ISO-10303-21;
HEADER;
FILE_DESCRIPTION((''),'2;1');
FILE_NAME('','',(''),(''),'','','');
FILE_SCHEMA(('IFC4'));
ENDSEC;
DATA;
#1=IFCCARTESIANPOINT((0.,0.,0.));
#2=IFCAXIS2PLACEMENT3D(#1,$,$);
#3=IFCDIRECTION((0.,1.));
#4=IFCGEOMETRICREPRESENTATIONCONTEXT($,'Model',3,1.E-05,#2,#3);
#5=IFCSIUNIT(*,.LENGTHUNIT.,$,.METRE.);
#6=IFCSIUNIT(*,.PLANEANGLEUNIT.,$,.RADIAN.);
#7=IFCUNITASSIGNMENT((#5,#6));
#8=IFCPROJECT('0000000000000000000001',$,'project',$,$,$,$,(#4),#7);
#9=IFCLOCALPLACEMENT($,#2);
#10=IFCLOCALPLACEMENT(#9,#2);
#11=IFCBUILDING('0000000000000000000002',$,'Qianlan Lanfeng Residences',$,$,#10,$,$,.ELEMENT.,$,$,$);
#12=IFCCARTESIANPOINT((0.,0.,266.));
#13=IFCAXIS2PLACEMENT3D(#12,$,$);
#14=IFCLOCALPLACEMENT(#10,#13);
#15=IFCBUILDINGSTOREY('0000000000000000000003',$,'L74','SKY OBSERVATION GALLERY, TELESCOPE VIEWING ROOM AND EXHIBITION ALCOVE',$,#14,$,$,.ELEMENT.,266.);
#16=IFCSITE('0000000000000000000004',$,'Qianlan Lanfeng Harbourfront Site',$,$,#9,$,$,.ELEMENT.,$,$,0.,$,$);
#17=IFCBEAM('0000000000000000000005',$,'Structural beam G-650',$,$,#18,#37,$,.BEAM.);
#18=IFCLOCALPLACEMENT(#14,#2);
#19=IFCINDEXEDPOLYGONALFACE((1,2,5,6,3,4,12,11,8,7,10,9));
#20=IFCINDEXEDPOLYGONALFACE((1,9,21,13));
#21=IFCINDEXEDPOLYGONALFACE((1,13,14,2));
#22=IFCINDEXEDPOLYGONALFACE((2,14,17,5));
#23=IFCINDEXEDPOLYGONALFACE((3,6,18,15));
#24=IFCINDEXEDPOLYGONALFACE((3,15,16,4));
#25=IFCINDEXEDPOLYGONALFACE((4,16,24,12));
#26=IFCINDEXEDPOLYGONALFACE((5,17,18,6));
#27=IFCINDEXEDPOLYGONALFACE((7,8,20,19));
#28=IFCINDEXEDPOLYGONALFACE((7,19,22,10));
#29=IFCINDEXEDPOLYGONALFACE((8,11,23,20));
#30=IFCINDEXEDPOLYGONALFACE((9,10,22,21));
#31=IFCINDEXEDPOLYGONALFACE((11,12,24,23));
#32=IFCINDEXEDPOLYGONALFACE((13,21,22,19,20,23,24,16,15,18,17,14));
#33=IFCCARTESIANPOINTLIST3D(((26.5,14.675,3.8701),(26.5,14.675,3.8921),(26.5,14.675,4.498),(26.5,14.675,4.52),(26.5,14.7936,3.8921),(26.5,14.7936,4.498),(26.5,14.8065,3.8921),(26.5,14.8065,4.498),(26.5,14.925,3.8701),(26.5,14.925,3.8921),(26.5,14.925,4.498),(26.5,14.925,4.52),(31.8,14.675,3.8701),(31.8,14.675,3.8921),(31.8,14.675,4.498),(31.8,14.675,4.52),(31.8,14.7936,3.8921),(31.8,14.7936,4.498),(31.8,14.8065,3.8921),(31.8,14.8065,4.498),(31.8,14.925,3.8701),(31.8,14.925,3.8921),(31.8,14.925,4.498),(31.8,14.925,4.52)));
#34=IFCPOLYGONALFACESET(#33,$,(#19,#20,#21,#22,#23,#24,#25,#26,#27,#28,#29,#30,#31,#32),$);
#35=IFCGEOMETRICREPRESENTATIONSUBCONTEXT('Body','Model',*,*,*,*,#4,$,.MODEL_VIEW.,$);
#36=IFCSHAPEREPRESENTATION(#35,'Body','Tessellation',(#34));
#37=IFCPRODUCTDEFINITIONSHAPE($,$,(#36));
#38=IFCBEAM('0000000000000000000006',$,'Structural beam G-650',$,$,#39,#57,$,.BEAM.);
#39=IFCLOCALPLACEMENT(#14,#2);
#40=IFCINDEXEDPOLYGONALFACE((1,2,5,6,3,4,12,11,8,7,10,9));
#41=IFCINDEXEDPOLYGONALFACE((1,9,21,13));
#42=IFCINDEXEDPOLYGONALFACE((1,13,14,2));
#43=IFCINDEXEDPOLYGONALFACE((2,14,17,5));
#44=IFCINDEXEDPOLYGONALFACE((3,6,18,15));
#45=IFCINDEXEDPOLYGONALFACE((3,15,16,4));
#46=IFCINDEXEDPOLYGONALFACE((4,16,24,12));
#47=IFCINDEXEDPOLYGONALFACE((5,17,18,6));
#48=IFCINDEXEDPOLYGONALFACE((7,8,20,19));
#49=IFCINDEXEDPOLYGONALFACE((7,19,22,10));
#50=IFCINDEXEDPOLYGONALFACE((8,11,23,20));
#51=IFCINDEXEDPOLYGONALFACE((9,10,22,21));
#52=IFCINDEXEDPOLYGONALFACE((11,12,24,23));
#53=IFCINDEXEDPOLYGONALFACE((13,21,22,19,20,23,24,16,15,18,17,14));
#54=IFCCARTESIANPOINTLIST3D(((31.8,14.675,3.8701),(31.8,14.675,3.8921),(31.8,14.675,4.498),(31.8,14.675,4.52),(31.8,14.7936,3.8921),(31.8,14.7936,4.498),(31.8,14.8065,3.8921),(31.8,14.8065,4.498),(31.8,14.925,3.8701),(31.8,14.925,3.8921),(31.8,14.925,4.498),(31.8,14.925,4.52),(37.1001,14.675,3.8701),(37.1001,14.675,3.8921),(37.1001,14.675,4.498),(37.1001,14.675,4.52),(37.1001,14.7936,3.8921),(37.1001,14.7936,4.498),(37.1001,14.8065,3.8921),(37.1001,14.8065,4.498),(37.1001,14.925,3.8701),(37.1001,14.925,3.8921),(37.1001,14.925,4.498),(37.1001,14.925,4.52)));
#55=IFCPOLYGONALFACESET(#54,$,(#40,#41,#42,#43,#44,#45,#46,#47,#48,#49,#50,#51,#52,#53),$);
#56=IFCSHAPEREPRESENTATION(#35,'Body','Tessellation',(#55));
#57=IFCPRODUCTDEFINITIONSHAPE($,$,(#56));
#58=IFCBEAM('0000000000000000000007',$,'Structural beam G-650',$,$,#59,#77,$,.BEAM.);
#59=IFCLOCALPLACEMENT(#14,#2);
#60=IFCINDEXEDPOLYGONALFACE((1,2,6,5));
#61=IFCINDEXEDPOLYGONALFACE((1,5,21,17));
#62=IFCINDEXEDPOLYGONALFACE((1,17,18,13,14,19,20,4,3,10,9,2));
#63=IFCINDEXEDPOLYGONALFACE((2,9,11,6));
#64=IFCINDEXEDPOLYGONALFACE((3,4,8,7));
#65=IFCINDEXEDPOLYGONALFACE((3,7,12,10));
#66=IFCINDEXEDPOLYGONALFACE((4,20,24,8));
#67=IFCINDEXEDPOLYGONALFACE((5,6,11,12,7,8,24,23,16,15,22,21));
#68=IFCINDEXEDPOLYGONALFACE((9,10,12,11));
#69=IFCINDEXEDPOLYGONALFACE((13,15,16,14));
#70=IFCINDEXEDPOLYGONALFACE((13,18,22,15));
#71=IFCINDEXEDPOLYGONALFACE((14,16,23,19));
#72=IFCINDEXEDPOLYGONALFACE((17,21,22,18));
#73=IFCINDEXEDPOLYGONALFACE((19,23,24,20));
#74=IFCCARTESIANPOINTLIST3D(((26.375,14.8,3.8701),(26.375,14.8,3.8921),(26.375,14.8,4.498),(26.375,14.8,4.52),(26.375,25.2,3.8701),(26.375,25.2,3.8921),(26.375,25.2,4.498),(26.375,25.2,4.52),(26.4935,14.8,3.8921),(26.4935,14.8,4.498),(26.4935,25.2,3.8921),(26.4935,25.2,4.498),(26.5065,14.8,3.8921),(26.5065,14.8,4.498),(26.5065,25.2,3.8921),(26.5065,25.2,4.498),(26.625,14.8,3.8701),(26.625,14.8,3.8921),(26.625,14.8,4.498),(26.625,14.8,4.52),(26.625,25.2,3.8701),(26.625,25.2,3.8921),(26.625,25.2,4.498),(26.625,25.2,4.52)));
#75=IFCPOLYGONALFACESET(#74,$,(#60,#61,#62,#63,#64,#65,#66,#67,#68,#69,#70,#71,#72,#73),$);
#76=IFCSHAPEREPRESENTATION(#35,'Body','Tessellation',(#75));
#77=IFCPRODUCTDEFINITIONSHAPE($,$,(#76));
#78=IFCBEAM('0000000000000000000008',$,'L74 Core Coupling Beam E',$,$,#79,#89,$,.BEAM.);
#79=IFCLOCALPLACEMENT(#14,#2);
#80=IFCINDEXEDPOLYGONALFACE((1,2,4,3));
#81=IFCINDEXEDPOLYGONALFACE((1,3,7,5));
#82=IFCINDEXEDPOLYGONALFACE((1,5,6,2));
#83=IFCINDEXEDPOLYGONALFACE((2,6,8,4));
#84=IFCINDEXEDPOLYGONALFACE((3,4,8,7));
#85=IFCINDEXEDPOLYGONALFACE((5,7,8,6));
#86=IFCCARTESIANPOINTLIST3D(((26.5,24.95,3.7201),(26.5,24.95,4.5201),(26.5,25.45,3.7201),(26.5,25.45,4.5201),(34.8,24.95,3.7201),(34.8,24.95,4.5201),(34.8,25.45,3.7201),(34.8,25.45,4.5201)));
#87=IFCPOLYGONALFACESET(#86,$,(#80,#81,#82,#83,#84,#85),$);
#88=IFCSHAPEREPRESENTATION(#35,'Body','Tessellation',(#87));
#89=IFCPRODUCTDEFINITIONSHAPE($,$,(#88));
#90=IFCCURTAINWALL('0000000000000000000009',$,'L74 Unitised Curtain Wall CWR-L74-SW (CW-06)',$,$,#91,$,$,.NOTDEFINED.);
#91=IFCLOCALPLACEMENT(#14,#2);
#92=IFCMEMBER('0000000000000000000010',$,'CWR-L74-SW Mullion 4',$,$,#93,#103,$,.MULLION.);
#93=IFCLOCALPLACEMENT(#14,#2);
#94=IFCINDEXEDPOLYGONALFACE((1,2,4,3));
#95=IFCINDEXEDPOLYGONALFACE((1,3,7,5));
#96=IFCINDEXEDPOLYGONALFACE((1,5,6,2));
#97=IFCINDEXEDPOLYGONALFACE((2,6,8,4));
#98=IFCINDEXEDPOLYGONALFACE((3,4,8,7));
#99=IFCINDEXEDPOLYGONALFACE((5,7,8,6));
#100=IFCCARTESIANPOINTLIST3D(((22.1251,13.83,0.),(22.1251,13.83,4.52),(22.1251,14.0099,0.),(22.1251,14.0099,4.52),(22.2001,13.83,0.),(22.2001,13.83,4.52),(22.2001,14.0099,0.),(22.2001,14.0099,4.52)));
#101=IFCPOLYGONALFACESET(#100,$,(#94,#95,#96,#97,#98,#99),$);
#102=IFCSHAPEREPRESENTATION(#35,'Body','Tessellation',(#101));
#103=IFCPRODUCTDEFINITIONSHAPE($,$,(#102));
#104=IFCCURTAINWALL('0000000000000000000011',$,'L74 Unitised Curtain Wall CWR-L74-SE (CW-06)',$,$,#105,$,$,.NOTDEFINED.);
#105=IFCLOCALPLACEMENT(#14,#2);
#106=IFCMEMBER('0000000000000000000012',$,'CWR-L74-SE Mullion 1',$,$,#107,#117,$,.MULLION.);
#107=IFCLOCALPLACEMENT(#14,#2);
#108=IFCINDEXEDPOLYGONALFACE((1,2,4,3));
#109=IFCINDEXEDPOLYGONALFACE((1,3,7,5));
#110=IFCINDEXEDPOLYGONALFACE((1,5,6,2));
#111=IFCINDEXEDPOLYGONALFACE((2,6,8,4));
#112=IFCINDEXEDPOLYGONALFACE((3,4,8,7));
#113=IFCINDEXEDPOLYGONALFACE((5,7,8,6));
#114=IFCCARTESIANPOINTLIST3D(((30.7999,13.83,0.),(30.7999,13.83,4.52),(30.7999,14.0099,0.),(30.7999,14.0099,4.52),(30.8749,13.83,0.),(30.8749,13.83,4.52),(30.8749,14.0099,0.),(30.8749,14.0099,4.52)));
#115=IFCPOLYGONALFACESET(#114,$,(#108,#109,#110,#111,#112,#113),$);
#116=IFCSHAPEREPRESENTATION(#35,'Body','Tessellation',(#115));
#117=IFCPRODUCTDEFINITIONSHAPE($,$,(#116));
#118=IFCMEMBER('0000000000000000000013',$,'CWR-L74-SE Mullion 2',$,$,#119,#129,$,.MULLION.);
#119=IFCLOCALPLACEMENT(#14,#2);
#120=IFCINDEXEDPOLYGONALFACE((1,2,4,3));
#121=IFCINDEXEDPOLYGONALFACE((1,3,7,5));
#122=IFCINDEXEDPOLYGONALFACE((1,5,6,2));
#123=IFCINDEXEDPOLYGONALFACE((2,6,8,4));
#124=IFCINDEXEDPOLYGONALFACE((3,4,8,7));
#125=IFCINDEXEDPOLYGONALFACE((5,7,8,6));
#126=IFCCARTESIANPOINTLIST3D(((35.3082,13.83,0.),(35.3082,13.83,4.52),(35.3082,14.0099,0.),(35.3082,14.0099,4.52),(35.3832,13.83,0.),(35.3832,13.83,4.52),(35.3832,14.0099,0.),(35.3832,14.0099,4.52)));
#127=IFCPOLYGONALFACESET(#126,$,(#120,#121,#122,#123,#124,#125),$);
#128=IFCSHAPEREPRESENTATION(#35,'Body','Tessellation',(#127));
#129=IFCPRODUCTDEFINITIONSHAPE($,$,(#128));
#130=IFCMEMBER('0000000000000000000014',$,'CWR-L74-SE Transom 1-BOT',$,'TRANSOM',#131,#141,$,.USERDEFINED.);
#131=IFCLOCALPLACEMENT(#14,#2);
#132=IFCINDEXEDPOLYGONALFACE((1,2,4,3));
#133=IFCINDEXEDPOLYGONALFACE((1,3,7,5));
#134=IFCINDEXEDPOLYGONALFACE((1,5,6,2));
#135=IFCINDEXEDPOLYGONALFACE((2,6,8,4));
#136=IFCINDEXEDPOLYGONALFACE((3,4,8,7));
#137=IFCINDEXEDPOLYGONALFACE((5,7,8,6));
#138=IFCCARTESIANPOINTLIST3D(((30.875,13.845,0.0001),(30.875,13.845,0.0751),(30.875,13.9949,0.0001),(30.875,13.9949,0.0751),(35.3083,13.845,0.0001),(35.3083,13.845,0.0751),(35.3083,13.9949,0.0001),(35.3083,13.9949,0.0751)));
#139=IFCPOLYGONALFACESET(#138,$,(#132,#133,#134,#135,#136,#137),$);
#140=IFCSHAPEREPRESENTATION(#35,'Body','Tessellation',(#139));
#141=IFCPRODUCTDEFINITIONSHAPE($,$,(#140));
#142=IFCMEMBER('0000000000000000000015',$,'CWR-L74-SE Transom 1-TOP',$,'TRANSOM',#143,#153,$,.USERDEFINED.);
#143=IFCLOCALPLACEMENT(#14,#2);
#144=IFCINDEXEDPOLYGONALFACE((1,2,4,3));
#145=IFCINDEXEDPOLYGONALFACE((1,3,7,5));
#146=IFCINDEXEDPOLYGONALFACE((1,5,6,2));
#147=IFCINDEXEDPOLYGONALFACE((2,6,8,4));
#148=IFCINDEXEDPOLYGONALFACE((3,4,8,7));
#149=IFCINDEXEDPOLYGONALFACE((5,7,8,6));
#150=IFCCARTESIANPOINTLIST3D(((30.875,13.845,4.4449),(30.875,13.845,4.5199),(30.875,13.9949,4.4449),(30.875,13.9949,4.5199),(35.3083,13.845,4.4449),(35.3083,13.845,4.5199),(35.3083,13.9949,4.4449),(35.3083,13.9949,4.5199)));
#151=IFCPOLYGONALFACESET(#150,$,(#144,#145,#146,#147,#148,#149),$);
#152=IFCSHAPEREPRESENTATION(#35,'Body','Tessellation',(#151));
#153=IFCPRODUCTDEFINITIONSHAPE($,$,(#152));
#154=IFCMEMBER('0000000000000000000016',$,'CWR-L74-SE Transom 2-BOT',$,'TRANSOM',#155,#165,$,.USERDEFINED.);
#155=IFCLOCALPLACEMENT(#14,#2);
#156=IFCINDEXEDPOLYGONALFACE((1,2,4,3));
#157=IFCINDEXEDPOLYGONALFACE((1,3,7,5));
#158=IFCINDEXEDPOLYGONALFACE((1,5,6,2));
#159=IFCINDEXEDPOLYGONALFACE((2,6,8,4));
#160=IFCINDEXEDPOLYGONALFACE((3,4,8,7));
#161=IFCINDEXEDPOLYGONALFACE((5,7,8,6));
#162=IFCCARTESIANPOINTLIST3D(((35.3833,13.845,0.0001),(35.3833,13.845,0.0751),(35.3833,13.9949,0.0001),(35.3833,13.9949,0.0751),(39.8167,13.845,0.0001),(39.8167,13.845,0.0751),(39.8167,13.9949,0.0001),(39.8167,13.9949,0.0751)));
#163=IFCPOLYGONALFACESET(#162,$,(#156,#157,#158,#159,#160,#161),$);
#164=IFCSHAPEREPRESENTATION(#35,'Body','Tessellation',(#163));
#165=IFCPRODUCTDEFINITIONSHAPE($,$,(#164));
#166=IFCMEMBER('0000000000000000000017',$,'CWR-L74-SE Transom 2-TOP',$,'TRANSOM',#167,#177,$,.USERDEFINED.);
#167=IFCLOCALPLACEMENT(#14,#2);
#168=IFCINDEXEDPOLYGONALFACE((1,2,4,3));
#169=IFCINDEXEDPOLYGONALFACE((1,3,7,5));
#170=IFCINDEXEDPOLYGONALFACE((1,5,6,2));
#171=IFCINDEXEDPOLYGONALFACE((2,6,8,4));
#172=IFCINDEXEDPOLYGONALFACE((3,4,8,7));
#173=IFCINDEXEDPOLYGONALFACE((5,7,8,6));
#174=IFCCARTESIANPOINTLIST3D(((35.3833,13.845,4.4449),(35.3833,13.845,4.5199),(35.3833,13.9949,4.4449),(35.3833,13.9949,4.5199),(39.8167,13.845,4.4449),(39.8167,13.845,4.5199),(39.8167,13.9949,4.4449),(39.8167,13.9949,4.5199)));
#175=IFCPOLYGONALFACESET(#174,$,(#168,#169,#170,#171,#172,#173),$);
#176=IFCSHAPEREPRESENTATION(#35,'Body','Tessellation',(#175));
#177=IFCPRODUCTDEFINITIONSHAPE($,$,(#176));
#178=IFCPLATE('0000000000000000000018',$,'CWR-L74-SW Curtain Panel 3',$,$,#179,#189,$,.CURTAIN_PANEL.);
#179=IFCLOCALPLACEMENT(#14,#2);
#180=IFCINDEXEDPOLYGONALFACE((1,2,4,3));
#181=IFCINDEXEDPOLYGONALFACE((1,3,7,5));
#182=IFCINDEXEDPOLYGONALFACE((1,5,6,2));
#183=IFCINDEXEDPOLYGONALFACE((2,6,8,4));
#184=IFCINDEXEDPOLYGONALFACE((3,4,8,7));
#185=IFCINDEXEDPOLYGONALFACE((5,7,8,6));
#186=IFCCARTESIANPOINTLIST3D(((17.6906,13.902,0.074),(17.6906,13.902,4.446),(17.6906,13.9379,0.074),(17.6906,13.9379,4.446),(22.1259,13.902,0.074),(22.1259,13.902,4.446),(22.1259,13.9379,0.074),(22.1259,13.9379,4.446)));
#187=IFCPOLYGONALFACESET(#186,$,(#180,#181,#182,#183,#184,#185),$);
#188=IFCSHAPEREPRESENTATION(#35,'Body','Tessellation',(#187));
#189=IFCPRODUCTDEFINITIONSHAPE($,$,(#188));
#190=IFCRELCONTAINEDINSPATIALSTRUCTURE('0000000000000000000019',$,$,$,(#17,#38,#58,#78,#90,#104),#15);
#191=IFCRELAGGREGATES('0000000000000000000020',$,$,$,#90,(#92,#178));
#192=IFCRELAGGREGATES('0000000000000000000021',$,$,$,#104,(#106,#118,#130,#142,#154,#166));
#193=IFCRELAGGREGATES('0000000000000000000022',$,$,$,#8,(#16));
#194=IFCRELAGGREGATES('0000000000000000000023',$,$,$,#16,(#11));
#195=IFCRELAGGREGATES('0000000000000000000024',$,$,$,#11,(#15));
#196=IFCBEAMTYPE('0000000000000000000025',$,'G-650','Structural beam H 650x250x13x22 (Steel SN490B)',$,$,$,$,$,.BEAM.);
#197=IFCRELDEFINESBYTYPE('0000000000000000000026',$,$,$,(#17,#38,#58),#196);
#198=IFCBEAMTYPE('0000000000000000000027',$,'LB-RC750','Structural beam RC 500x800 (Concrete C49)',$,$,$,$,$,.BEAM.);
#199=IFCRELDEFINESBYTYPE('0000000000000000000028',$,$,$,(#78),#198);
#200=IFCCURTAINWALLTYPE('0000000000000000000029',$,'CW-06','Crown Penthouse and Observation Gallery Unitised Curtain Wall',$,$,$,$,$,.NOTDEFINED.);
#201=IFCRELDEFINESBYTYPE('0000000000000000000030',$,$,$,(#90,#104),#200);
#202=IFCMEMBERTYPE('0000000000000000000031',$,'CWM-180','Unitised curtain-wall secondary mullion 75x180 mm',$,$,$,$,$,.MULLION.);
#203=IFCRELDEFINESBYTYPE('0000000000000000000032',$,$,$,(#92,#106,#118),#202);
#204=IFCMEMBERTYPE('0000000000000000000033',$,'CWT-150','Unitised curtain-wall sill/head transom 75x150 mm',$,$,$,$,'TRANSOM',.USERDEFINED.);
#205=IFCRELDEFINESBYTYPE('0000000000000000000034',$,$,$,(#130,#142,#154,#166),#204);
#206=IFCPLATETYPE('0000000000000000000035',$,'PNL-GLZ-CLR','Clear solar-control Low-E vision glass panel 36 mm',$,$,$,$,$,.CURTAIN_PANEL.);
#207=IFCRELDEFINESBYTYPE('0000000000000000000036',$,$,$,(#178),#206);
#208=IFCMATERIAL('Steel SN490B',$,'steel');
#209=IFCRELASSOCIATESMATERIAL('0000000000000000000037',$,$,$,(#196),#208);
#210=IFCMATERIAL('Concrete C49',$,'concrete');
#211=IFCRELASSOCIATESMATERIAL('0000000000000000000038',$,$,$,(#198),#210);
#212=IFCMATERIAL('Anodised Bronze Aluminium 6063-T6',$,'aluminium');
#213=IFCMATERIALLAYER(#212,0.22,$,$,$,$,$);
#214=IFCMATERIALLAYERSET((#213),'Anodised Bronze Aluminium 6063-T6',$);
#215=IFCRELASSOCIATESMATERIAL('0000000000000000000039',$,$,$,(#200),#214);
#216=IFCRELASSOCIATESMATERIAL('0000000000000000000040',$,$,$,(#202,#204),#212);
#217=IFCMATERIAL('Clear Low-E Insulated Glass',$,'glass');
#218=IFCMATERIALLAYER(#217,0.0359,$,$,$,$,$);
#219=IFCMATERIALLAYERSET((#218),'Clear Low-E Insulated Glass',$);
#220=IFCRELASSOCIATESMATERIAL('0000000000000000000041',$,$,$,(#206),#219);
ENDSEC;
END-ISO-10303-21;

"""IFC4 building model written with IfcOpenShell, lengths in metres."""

from ifc_helpers import new_model, si_unit, direction, frame, origin, origin_2d, place, context, subcontext, project, spatial, rectangle, i_section, extrude, source, transform, mapped, material, layer, layer_set, material_profile, profile_set, type_object, element, aggregate, save


model = new_model("IFC4")

# Units and contexts
model_context = context("Model", 3, precision=1e-05, world=origin(), true_north=direction((0.0, 1.0)))
body_context = subcontext(model_context, "Body", "Model", "MODEL_VIEW")
ifc_project = project(units=[si_unit("LENGTHUNIT", "METRE"), si_unit("PLANEANGLEUNIT", "RADIAN")], contexts=[model_context])

# Site, building, storey
site_placement = place(None, origin())
site = spatial("IfcSite", under=ifc_project, at=site_placement, Name="Qianlan Lanfeng Harbourfront Site", CompositionType="ELEMENT", RefElevation=0.0)
building_placement = place(site_placement, origin())
building = spatial("IfcBuilding", under=site, at=building_placement, Name="Qianlan Lanfeng Residences", CompositionType="ELEMENT")
storey_placement = place(building_placement, frame((0.0, 0.0, 266.0)))
storey = spatial("IfcBuildingStorey", under=building, at=storey_placement, Name="L74", Description="SKY OBSERVATION GALLERY, TELESCOPE VIEWING ROOM AND EXHIBITION ALCOVE", CompositionType="ELEMENT", Elevation=266.0)

# Shared definitions
ifc_material_1 = material(Name="Steel SN490B", Category="steel")

# Beams
ifc_material_profile_1 = material_profile(ifc_material_1, i_section(OverallWidth=0.25, OverallDepth=0.6499, WebThickness=0.0129, FlangeThickness=0.022, at=origin_2d()), Name="H 650x250x13x22")
ifc_profile_set_1 = profile_set([ifc_material_profile_1], Name="Steel SN490B")
beam_type_1 = type_object("IfcBeamType", Name="G-650", Description="Structural beam H 650x250x13x22 (Steel SN490B)", PredefinedType="BEAM", material=ifc_profile_set_1)
for number, where, z_axis, x_axis, name in (
    (1, (26.5, 14.8, 4.1951), (1.0, 0.0, 0.0), (0.0, 1.0, 0.0), "Structural beam G-650"),
    (2, (31.8, 14.8, 4.1951), (1.0, 0.0, 0.0), (0.0, 1.0, 0.0), "Structural beam G-650"),
):
    element("IfcBeam", number, at=place(storey_placement, frame(where, z_axis=z_axis, x_axis=x_axis)), inside=storey, type_object=beam_type_1, Name=name, PredefinedType="BEAM", context=body_context, shape_type="SweptSolid", body=[
        extrude(i_section(OverallWidth=0.25, OverallDepth=0.6499, WebThickness=0.0129, FlangeThickness=0.022, at=origin_2d()), origin(), (0.0, 0.0, 1.0), 5.3),
    ])
beam_1_placement = place(storey_placement, frame((26.5, 14.8, 4.1951), z_axis=(0.0, 1.0, 0.0), x_axis=(-1.0, 0.0, 0.0)))
element("IfcBeam", 3, at=beam_1_placement, inside=storey, type_object=beam_type_1, Name="Structural beam G-650", PredefinedType="BEAM", context=body_context, shape_type="SweptSolid", body=[
    extrude(i_section(OverallWidth=0.25, OverallDepth=0.6499, WebThickness=0.0129, FlangeThickness=0.022, at=origin_2d()), origin(), (0.0, 0.0, 1.0), 10.3999),
])
ifc_material_2 = material(Name="Concrete C49", Category="concrete")
ifc_material_profile_2 = material_profile(ifc_material_2, rectangle(XDim=0.5, YDim=0.8, at=origin_2d()), Name="RC 500x800")
ifc_profile_set_2 = profile_set([ifc_material_profile_2], Name="Concrete C49")
beam_type_2 = type_object("IfcBeamType", Name="LB-RC750", Description="Structural beam RC 500x800 (Concrete C49)", PredefinedType="BEAM", material=ifc_profile_set_2)
beam_2_placement = place(storey_placement, frame((26.5, 25.2, 4.1201), z_axis=(1.0, 0.0, 0.0), x_axis=(0.0, 1.0, 0.0)))
element("IfcBeam", 4, at=beam_2_placement, inside=storey, type_object=beam_type_2, Name="L74 Core Coupling Beam E", PredefinedType="BEAM", context=body_context, shape_type="SweptSolid", body=[
    extrude(rectangle(XDim=0.5, YDim=0.8, at=origin_2d()), origin(), (0.0, 0.0, 1.0), 8.3),
])

# Curtain wall, member
ifc_material_3 = material(Name="Anodised Bronze Aluminium 6063-T6", Category="aluminium")
ifc_layer_1 = layer(ifc_material_3, 0.22)
ifc_layer_set_1 = layer_set([ifc_layer_1], Name="Anodised Bronze Aluminium 6063-T6")
curtain_wall_type = type_object("IfcCurtainWallType", Name="CW-06", Description="Crown Penthouse and Observation Gallery Unitised Curtain Wall", PredefinedType="NOTDEFINED", material=ifc_layer_set_1)
curtain_wall_1_placement = place(storey_placement, origin())
curtain_wall_1 = element("IfcCurtainWall", 5, at=curtain_wall_1_placement, inside=storey, type_object=curtain_wall_type, Name="L74 Unitised Curtain Wall CWR-L74-SW (CW-06)", PredefinedType="NOTDEFINED")
ifc_material_profile_3 = material_profile(ifc_material_3, rectangle(XDim=0.075, YDim=0.1799, at=origin_2d()), Name="ALU MULLION 75x180")
ifc_profile_set_3 = profile_set([ifc_material_profile_3], Name="Anodised Bronze Aluminium 6063-T6")
member_type_1 = type_object("IfcMemberType", Name="CWM-180", Description="Unitised curtain-wall secondary mullion 75x180 mm", PredefinedType="MULLION", material=ifc_profile_set_3)
shared_shape_1 = source(origin(), body_context, "Body", "SweptSolid", [
    extrude(rectangle(XDim=0.075, YDim=0.1799, at=origin_2d()), origin(), (0.0, 0.0, 1.0), 4.52),
])
member_1_placement = place(storey_placement, frame((22.1626, 13.9199, 0.0), z_axis=(0.0, 0.0, 1.0), x_axis=(1.0, 0.0, 0.0)))
member_1 = element("IfcMember", 6, at=member_1_placement, type_object=member_type_1, Name="CWR-L74-SW Mullion 4", PredefinedType="MULLION", context=body_context, shape_type="MappedRepresentation", body=[
    mapped(shared_shape_1, transform((0.0, 0.0, 0.0), scale=1.0)),
])

# Curtain wall, members
curtain_wall_2_placement = place(storey_placement, origin())
curtain_wall_2 = element("IfcCurtainWall", 7, at=curtain_wall_2_placement, inside=storey, type_object=curtain_wall_type, Name="L74 Unitised Curtain Wall CWR-L74-SE (CW-06)", PredefinedType="NOTDEFINED")
member_2_placement = place(storey_placement, frame((30.8374, 13.9199, 0.0), z_axis=(0.0, 0.0, 1.0), x_axis=(1.0, 0.0, 0.0)))
member_2 = element("IfcMember", 8, at=member_2_placement, type_object=member_type_1, Name="CWR-L74-SE Mullion 1", PredefinedType="MULLION", context=body_context, shape_type="MappedRepresentation", body=[
    mapped(shared_shape_1, transform((0.0, 0.0, 0.0), scale=1.0)),
])
member_3_placement = place(storey_placement, frame((35.3457, 13.9199, 0.0), z_axis=(0.0, 0.0, 1.0), x_axis=(1.0, 0.0, 0.0)))
member_3 = element("IfcMember", 9, at=member_3_placement, type_object=member_type_1, Name="CWR-L74-SE Mullion 2", PredefinedType="MULLION", context=body_context, shape_type="MappedRepresentation", body=[
    mapped(shared_shape_1, transform((0.0, 0.0, 0.0), scale=1.0)),
])
ifc_material_profile_4 = material_profile(ifc_material_3, rectangle(XDim=0.075, YDim=0.1499, at=origin_2d()), Name="ALU TRANSOM 75x150")
ifc_profile_set_4 = profile_set([ifc_material_profile_4], Name="Anodised Bronze Aluminium 6063-T6")
member_type_2 = type_object("IfcMemberType", Name="CWT-150", Description="Unitised curtain-wall sill/head transom 75x150 mm", ElementType="TRANSOM", PredefinedType="USERDEFINED", material=ifc_profile_set_4)
shared_shape_2 = source(origin(), body_context, "Body", "SweptSolid", [
    extrude(rectangle(XDim=0.075, YDim=0.1499, at=origin_2d()), origin(), (0.0, 0.0, 1.0), 4.4333),
])
member_4_placement = place(storey_placement, frame((30.875, 13.9199, 0.0376), z_axis=(1.0, 0.0, 0.0), x_axis=(0.0, 0.0, 1.0)))
member_4 = element("IfcMember", 10, at=member_4_placement, type_object=member_type_2, Name="CWR-L74-SE Transom 1-BOT", ObjectType="TRANSOM", PredefinedType="USERDEFINED", context=body_context, shape_type="MappedRepresentation", body=[
    mapped(shared_shape_2, transform((0.0, 0.0, 0.0), scale=1.0)),
])
member_5_placement = place(storey_placement, frame((30.875, 13.9199, 4.4824), z_axis=(1.0, 0.0, 0.0), x_axis=(0.0, 0.0, 1.0)))
member_5 = element("IfcMember", 11, at=member_5_placement, type_object=member_type_2, Name="CWR-L74-SE Transom 1-TOP", ObjectType="TRANSOM", PredefinedType="USERDEFINED", context=body_context, shape_type="MappedRepresentation", body=[
    mapped(shared_shape_2, transform((0.0, 0.0, 0.0), scale=1.0)),
])
member_6_placement = place(storey_placement, frame((35.3833, 13.9199, 0.0376), z_axis=(1.0, 0.0, 0.0), x_axis=(0.0, 0.0, 1.0)))
member_6 = element("IfcMember", 12, at=member_6_placement, type_object=member_type_2, Name="CWR-L74-SE Transom 2-BOT", ObjectType="TRANSOM", PredefinedType="USERDEFINED", context=body_context, shape_type="MappedRepresentation", body=[
    mapped(shared_shape_2, transform((0.0, 0.0, 0.0), scale=1.0)),
])
member_7_placement = place(storey_placement, frame((35.3833, 13.9199, 4.4824), z_axis=(1.0, 0.0, 0.0), x_axis=(0.0, 0.0, 1.0)))
member_7 = element("IfcMember", 13, at=member_7_placement, type_object=member_type_2, Name="CWR-L74-SE Transom 2-TOP", ObjectType="TRANSOM", PredefinedType="USERDEFINED", context=body_context, shape_type="MappedRepresentation", body=[
    mapped(shared_shape_2, transform((0.0, 0.0, 0.0), scale=1.0)),
])

# Plate
ifc_material_4 = material(Name="Clear Low-E Insulated Glass", Category="glass")
ifc_layer_2 = layer(ifc_material_4, 0.0359)
ifc_layer_set_2 = layer_set([ifc_layer_2], Name="Clear Low-E Insulated Glass")
plate_type = type_object("IfcPlateType", Name="PNL-GLZ-CLR", Description="Clear solar-control Low-E vision glass panel 36 mm", PredefinedType="CURTAIN_PANEL", material=ifc_layer_set_2)
shared_shape_3 = source(origin(), body_context, "Body", "SweptSolid", [
    extrude(rectangle(XDim=4.4353, YDim=0.0359, at=origin_2d()), origin(), (0.0, 0.0, 1.0), 4.3721),
])
plate_1_placement = place(storey_placement, frame((19.9082, 13.9199, 0.074), z_axis=(0.0, 0.0, 1.0), x_axis=(1.0, 0.0, 0.0)))
plate_1 = element("IfcPlate", 14, at=plate_1_placement, type_object=plate_type, Name="CWR-L74-SW Curtain Panel 3", PredefinedType="CURTAIN_PANEL", context=body_context, shape_type="MappedRepresentation", body=[
    mapped(shared_shape_3, transform((0.0, 0.0, 0.0), scale=1.0)),
])
aggregate(curtain_wall_1, [member_1, plate_1])
aggregate(curtain_wall_2, [member_2, member_3, member_4, member_5, member_6, member_7])

save(model, "model.ifc")
